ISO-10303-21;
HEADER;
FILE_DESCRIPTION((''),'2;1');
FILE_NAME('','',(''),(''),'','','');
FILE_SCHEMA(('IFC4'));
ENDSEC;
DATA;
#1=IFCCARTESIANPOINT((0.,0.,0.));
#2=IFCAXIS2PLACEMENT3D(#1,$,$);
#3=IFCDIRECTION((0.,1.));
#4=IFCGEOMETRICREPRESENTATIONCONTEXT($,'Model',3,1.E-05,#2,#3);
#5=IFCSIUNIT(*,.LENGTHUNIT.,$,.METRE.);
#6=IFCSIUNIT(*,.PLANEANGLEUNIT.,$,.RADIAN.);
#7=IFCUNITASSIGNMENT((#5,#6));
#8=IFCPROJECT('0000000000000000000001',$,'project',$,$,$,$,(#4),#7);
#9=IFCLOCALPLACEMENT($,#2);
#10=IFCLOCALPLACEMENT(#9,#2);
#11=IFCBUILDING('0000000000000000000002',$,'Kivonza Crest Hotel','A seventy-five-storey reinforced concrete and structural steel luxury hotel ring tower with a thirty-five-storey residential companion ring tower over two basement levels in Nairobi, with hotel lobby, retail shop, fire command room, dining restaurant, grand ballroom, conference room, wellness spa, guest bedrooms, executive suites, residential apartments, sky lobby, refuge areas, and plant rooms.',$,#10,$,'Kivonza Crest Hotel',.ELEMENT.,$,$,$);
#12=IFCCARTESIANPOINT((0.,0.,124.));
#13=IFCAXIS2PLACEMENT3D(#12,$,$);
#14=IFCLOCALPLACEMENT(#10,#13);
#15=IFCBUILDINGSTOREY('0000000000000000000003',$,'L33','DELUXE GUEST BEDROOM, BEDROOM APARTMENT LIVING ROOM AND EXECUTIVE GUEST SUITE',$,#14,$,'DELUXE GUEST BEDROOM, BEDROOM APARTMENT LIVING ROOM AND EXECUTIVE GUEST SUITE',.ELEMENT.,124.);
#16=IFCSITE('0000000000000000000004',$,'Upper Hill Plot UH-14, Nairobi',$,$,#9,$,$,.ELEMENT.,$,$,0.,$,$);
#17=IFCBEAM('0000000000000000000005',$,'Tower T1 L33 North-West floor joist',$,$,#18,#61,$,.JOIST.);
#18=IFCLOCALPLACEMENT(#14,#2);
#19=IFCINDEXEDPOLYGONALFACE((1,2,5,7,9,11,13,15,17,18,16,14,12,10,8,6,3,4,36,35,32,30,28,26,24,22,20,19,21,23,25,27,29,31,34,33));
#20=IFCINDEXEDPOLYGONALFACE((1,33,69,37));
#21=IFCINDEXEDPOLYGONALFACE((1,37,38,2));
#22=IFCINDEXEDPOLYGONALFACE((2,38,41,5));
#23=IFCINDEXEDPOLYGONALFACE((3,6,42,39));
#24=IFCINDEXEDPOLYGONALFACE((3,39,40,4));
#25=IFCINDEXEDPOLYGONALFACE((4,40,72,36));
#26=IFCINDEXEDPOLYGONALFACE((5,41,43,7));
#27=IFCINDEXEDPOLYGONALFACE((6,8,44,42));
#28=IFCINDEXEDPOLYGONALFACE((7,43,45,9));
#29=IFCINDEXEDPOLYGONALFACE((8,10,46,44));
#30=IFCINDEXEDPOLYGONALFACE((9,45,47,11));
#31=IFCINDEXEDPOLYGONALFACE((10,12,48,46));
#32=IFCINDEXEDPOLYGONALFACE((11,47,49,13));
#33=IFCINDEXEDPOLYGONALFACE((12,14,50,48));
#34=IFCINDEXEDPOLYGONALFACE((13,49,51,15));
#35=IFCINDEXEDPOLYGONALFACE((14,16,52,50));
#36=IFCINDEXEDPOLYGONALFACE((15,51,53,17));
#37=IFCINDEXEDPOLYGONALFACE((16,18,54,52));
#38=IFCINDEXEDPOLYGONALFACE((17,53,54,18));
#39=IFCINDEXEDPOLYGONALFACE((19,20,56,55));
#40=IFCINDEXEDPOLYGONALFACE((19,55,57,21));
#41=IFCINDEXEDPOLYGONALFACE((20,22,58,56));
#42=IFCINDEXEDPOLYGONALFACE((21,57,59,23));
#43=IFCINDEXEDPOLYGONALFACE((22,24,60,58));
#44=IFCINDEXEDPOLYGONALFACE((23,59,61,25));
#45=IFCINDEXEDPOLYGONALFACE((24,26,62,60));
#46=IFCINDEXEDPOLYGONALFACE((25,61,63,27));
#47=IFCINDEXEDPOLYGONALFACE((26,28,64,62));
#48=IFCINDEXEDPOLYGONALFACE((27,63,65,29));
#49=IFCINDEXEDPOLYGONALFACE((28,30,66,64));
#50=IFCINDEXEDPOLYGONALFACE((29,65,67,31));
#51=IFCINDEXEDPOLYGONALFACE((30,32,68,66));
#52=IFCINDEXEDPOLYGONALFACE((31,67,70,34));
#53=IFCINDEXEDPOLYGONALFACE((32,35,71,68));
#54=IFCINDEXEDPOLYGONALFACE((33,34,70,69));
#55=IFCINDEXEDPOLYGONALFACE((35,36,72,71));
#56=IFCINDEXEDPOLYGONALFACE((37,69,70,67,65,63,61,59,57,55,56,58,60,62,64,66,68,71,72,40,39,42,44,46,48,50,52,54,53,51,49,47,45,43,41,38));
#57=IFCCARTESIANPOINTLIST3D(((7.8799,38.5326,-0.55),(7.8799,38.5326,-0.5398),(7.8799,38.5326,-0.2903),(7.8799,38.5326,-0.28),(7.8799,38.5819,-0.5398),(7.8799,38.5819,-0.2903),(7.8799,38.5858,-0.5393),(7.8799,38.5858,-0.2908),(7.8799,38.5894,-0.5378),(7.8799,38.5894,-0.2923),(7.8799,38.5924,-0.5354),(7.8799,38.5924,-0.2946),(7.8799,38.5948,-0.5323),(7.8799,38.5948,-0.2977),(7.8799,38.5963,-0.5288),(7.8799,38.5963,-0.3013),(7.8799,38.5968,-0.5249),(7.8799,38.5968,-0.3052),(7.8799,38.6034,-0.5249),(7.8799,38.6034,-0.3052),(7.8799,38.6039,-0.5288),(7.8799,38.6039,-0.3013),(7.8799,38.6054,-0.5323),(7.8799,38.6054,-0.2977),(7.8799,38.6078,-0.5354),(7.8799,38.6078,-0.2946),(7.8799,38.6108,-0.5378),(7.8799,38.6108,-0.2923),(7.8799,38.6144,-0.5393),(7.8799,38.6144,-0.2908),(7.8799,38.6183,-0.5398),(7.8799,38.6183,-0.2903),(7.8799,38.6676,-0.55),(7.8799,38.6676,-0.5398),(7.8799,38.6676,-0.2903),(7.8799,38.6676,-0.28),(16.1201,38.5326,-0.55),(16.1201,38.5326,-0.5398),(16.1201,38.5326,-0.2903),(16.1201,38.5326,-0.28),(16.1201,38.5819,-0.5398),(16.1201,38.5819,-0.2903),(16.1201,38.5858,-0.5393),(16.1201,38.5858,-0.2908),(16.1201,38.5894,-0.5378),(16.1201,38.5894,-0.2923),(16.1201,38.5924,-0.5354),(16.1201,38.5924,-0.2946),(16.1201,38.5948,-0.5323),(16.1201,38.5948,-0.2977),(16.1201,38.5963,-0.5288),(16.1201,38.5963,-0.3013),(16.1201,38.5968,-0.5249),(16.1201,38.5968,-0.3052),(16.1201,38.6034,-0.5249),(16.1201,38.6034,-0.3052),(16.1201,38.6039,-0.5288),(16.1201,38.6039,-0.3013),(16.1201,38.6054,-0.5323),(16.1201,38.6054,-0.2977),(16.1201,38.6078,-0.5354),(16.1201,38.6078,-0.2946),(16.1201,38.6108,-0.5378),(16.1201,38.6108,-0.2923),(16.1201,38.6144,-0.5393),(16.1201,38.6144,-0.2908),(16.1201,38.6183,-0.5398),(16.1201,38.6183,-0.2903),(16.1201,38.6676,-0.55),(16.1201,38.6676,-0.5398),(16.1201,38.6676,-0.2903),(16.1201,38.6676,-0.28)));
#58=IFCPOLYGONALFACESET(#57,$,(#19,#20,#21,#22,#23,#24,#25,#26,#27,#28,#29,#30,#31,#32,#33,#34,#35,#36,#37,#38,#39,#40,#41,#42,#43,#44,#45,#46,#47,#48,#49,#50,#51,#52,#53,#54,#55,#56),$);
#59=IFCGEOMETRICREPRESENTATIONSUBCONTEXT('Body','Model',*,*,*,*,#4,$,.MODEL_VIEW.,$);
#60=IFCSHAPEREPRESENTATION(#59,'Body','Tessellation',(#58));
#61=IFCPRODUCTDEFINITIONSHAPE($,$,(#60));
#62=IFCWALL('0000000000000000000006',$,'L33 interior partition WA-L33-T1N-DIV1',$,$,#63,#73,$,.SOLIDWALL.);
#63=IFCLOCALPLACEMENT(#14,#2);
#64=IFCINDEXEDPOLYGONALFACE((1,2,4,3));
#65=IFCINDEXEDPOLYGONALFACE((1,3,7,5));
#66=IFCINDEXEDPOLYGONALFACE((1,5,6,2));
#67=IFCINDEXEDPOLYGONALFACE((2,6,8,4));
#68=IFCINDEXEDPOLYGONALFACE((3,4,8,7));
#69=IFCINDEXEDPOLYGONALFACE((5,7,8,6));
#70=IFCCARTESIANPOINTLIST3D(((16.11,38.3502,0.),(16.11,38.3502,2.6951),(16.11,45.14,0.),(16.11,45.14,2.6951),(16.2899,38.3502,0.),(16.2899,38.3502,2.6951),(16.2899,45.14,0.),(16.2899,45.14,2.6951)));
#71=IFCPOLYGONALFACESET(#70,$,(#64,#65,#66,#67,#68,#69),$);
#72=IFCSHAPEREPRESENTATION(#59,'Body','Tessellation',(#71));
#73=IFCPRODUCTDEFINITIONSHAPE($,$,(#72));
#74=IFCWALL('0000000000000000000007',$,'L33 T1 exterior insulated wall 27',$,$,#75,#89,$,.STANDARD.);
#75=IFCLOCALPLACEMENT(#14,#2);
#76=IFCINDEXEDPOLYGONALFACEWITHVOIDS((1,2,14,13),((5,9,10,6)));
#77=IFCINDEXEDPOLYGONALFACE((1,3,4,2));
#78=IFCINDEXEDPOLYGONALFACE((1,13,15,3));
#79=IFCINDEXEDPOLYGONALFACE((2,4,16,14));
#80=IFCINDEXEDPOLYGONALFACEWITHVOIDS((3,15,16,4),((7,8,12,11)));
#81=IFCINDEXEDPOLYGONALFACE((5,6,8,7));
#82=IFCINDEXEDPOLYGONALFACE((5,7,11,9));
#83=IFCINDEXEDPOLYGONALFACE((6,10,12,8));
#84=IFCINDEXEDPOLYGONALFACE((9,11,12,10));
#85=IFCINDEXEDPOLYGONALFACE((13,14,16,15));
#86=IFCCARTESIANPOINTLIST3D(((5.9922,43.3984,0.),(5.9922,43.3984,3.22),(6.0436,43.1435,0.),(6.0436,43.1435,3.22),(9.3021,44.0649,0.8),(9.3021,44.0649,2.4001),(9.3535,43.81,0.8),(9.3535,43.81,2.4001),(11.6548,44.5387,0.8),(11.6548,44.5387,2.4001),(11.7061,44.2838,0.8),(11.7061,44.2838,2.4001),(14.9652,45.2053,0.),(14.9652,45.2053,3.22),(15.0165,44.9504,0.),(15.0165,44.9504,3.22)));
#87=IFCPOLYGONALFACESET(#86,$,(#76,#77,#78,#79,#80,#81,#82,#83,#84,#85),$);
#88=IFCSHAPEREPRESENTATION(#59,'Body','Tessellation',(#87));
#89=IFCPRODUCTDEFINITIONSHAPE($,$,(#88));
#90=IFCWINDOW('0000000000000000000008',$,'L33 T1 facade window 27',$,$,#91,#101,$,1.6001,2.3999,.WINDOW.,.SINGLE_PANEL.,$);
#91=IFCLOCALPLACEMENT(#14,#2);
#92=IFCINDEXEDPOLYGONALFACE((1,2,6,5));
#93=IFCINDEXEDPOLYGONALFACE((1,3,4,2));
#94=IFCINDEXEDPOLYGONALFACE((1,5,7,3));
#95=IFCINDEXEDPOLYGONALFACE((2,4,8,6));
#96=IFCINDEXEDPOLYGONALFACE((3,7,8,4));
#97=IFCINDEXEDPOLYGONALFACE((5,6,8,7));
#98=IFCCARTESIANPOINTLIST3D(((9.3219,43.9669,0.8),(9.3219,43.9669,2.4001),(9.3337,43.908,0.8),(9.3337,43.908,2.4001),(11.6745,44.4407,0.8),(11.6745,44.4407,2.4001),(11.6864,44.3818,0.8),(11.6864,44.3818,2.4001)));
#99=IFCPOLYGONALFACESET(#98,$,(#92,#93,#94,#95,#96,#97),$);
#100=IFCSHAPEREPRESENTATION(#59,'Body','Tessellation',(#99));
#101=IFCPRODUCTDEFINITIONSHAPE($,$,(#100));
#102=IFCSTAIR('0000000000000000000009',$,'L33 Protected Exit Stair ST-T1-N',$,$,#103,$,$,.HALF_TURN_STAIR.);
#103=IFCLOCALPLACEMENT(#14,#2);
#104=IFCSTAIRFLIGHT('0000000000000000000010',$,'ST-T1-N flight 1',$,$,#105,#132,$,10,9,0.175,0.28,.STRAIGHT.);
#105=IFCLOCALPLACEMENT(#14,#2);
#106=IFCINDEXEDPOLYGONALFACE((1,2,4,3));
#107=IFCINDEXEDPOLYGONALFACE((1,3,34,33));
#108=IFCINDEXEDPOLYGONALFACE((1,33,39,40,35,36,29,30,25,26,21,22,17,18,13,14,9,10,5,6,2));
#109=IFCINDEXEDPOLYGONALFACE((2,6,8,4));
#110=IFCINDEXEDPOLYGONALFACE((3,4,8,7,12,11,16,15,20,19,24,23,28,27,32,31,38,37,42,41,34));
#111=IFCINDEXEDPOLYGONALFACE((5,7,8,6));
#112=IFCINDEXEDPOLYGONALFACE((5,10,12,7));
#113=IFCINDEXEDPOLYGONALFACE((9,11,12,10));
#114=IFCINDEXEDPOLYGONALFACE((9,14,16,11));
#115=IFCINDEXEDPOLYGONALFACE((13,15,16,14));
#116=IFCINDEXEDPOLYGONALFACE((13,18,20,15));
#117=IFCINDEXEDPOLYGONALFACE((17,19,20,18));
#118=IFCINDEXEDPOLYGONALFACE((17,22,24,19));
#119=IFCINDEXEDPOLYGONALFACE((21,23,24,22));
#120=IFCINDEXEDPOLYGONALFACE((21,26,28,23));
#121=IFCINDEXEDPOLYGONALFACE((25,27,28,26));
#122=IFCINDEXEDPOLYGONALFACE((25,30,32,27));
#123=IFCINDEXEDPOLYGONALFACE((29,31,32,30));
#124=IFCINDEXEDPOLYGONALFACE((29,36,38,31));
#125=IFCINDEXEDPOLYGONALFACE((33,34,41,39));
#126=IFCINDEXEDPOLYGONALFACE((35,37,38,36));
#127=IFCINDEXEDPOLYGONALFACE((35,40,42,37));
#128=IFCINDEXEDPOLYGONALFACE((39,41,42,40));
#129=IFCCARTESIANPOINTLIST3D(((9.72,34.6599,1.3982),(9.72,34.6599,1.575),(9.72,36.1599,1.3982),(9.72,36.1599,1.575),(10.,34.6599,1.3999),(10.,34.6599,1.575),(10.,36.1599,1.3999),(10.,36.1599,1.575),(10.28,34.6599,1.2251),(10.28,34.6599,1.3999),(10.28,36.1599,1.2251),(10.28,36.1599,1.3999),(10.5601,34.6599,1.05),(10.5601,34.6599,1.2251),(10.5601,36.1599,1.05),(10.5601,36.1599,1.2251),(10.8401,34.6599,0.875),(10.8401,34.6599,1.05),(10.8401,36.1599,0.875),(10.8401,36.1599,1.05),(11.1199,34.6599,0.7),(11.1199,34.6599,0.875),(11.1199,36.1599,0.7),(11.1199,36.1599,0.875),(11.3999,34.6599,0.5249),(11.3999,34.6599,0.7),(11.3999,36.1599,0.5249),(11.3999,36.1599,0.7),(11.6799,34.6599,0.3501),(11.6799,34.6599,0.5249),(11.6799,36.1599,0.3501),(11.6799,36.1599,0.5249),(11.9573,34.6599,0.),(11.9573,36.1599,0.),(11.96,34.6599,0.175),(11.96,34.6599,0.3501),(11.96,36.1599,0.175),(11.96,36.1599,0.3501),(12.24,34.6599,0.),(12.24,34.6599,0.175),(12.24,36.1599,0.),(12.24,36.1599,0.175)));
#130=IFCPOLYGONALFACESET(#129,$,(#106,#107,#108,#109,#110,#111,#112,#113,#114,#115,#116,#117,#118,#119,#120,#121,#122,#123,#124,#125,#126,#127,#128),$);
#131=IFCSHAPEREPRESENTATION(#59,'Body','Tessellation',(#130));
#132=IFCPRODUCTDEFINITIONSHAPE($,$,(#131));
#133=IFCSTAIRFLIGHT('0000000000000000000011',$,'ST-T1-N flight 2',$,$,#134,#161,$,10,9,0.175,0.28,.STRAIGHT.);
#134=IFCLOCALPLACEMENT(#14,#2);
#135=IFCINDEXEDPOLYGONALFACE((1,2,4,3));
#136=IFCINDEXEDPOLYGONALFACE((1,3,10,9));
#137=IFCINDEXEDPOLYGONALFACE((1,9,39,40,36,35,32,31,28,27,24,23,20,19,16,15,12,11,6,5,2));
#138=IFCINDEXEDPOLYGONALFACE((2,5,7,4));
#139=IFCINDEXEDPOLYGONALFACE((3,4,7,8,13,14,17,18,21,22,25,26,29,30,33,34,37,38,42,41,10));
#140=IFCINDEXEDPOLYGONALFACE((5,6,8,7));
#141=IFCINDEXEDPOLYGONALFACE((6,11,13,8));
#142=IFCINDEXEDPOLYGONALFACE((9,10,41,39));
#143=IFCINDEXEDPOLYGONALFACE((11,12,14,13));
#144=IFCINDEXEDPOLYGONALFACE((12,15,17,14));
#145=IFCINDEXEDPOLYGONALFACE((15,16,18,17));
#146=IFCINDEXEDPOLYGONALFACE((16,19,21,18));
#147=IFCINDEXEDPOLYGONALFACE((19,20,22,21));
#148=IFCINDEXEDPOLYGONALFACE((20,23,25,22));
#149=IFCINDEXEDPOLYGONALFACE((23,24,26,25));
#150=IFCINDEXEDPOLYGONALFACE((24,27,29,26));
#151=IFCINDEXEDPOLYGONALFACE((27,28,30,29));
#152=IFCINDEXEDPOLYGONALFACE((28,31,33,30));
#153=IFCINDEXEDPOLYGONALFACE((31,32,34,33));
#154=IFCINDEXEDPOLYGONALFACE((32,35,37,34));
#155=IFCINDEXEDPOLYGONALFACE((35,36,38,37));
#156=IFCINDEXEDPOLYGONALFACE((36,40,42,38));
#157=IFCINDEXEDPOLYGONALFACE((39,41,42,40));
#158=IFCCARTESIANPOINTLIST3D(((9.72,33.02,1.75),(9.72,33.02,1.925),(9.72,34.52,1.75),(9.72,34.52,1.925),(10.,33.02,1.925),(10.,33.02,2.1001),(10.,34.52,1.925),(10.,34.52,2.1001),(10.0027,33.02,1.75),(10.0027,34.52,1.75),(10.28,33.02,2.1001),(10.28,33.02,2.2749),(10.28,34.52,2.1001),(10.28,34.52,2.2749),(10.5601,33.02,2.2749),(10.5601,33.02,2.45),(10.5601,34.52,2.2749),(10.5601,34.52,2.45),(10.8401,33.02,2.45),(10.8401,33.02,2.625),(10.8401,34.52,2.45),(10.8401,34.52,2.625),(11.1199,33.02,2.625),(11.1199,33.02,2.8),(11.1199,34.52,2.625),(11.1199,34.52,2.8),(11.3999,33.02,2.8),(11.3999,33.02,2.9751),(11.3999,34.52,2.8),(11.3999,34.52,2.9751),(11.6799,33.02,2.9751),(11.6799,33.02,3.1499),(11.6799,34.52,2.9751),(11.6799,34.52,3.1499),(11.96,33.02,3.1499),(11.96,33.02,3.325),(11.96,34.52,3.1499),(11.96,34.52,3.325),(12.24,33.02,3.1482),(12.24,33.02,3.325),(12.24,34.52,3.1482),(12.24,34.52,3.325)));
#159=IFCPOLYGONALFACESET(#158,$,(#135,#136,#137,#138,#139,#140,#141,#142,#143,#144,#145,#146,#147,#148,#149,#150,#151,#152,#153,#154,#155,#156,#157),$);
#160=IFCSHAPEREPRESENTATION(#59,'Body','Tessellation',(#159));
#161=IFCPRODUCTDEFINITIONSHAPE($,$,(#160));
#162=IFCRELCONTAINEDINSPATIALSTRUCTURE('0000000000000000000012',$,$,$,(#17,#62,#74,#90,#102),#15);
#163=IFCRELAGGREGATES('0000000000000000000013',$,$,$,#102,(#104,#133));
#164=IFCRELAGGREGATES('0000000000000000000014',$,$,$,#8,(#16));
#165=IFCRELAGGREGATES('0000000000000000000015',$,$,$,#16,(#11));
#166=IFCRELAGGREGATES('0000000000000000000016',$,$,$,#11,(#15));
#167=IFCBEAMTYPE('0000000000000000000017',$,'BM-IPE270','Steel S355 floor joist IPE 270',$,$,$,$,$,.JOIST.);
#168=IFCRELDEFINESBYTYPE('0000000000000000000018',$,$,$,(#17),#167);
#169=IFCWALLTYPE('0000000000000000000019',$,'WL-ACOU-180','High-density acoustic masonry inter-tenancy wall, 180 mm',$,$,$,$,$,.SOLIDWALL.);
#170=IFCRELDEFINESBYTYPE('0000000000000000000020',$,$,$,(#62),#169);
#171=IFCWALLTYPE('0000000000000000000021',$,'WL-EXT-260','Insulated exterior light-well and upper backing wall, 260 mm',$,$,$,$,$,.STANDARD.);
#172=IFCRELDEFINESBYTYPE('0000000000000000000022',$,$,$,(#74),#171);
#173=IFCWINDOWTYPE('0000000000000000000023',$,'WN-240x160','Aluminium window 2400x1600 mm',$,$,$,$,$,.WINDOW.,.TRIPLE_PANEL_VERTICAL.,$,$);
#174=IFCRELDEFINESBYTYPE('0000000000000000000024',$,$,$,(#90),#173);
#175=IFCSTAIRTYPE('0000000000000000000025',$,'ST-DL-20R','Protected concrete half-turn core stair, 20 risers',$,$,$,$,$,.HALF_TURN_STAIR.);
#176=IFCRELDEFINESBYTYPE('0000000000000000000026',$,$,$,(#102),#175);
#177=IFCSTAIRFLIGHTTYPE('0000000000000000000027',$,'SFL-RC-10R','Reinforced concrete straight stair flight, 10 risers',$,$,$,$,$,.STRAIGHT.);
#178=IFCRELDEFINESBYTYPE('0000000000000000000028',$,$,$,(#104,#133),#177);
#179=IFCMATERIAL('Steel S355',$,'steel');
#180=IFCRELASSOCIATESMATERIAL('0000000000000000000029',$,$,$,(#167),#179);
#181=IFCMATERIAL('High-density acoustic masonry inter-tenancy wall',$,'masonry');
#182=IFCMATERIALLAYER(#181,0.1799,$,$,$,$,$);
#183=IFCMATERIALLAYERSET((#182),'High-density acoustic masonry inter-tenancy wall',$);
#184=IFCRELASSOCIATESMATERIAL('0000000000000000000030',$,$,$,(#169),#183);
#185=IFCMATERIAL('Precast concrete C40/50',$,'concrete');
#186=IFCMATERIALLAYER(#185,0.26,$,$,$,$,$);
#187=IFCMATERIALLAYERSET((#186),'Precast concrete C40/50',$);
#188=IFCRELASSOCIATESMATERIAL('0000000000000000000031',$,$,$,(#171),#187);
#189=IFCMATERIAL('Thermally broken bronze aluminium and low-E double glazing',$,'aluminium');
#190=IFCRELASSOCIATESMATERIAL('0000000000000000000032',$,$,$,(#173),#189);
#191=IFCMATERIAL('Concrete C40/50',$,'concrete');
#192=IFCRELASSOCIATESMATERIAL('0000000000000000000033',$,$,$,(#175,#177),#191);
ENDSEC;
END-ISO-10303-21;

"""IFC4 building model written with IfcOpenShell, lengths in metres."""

from ifc_helpers import new_model, si_unit, direction, frame, frame_2d, origin, origin_2d, place, context, subcontext, project, spatial, polyline, rectangle, i_section, outline, extrude, material, layer, layer_set, material_profile, profile_set, type_object, element, fill, aggregate, save


model = new_model("IFC4")

# Units and contexts
model_context = context("Model", 3, precision=1e-05, world=origin(), true_north=direction((0.0, 1.0)))
body_context = subcontext(model_context, "Body", "Model", "MODEL_VIEW")
ifc_project = project(units=[si_unit("LENGTHUNIT", "METRE"), si_unit("PLANEANGLEUNIT", "RADIAN")], contexts=[model_context])

# Site, building, storey
site_placement = place(None, origin())
site = spatial("IfcSite", under=ifc_project, at=site_placement, Name="Upper Hill Plot UH-14, Nairobi", CompositionType="ELEMENT", RefElevation=0.0)
building_placement = place(site_placement, origin())
building = spatial("IfcBuilding", under=site, at=building_placement, Name="Kivonza Crest Hotel", Description="A seventy-five-storey reinforced concrete and structural steel luxury hotel ring tower with a thirty-five-storey residential companion ring tower over two basement levels in Nairobi, with hotel lobby, retail shop, fire command room, dining restaurant, grand ballroom, conference room, wellness spa, guest bedrooms, executive suites, residential apartments, sky lobby, refuge areas, and plant rooms.", LongName="Kivonza Crest Hotel", CompositionType="ELEMENT")
storey_placement = place(building_placement, frame((0.0, 0.0, 124.0)))
storey = spatial("IfcBuildingStorey", under=building, at=storey_placement, Name="L33", Description="DELUXE GUEST BEDROOM, BEDROOM APARTMENT LIVING ROOM AND EXECUTIVE GUEST SUITE", LongName="DELUXE GUEST BEDROOM, BEDROOM APARTMENT LIVING ROOM AND EXECUTIVE GUEST SUITE", CompositionType="ELEMENT", Elevation=124.0)

# Beam
ifc_material_1 = material(Name="Steel S355", Category="steel")
ifc_material_profile_1 = material_profile(ifc_material_1, i_section(OverallWidth=0.135, OverallDepth=0.27, WebThickness=0.0066, FlangeThickness=0.0103, FilletRadius=0.0149, at=origin_2d()), Name="IPE 270")
ifc_profile_set_1 = profile_set([ifc_material_profile_1], Name="Steel S355")
beam_type_1 = type_object("IfcBeamType", Name="BM-IPE270", Description="Steel S355 floor joist IPE 270", PredefinedType="JOIST", material=ifc_profile_set_1)
beam_1_placement = place(storey_placement, frame((7.8799, 38.6001, -0.415), z_axis=(1.0, 0.0, 0.0), x_axis=(0.0, 1.0, 0.0)))
element("IfcBeam", 1, at=beam_1_placement, inside=storey, type_object=beam_type_1, Name="Tower T1 L33 North-West floor joist", PredefinedType="JOIST", context=body_context, shape_type="SweptSolid", body=[
    extrude(i_section(OverallWidth=0.135, OverallDepth=0.27, WebThickness=0.0066, FlangeThickness=0.0103, FilletRadius=0.0149, at=origin_2d()), origin(), (0.0, 0.0, 1.0), 8.2402),
])

# Wall
ifc_material_2 = material(Name="High-density acoustic masonry inter-tenancy wall", Category="masonry")
ifc_layer_1 = layer(ifc_material_2, 0.1799)
ifc_layer_set_1 = layer_set([ifc_layer_1], Name="High-density acoustic masonry inter-tenancy wall")
wall_type_1 = type_object("IfcWallType", Name="WL-ACOU-180", Description="High-density acoustic masonry inter-tenancy wall, 180 mm", PredefinedType="SOLIDWALL", material=ifc_layer_set_1)
wall_1_placement = place(storey_placement, frame((16.2, 38.3501, 0.0), z_axis=(0.0, 0.0, 1.0), x_axis=(0.0, 1.0, 0.0)))
element("IfcWall", 2, at=wall_1_placement, inside=storey, type_object=wall_type_1, Name="L33 interior partition WA-L33-T1N-DIV1", PredefinedType="SOLIDWALL", context=body_context, shape_type="SweptSolid", body=[
    extrude(rectangle(XDim=6.7898, YDim=0.1799, at=frame_2d((3.395, 0.0))), origin(), (0.0, 0.0, 1.0), 2.6951),
])

# Wall, opening, window
ifc_material_3 = material(Name="Precast concrete C40/50", Category="concrete")
ifc_layer_2 = layer(ifc_material_3, 0.26)
ifc_layer_set_2 = layer_set([ifc_layer_2], Name="Precast concrete C40/50")
wall_type_2 = type_object("IfcWallType", Name="WL-EXT-260", Description="Insulated exterior light-well and upper backing wall, 260 mm", PredefinedType="STANDARD", material=ifc_layer_set_2)
wall_2_placement = place(storey_placement, frame((14.991, 45.0779, 0.0), z_axis=(0.0, 0.0, 1.0), x_axis=(-0.980321, -0.197409, 0.0)))
wall_2 = element("IfcWall", 3, at=wall_2_placement, inside=storey, type_object=wall_type_2, Name="L33 T1 exterior insulated wall 27", PredefinedType="STANDARD", context=body_context, shape_type="SweptSolid", body=[
    extrude(rectangle(XDim=9.1531, YDim=0.26, at=frame_2d((4.5767, 0.0))), origin(), (0.0, 0.0, 1.0), 3.22),
])
opening_1_placement = place(wall_2_placement, frame((3.377, 0.0, 0.8)))
opening_1 = element("IfcOpeningElement", 4, at=opening_1_placement, cuts=wall_2, PredefinedType="OPENING", context=body_context, shape_type="SweptSolid", body=[
    extrude(rectangle(XDim=2.3999, YDim=1.6001, at=frame_2d((1.2, 0.8))), frame((0.0, 0.1401, 0.0), z_axis=(0.0, -1.0, 0.0), x_axis=(1.0, 0.0, 0.0)), (0.0, 0.0, 1.0), 0.28),
])
ifc_material_4 = material(Name="Thermally broken bronze aluminium and low-E double glazing", Category="aluminium")
window_type = type_object("IfcWindowType", Name="WN-240x160", Description="Aluminium window 2400x1600 mm", PartitioningType="TRIPLE_PANEL_VERTICAL", PredefinedType="WINDOW", material=ifc_material_4)
window_placement = place(opening_1_placement, origin())
window = element("IfcWindow", 5, at=window_placement, inside=storey, type_object=window_type, Name="L33 T1 facade window 27", OverallHeight=1.6001, OverallWidth=2.3999, PartitioningType="SINGLE_PANEL", PredefinedType="WINDOW", context=body_context, shape_type="SweptSolid", body=[
    extrude(rectangle(XDim=2.3999, YDim=1.6001, at=frame_2d((1.2, 0.8))), frame((0.0, 0.03, 0.0), z_axis=(0.0, -1.0, 0.0), x_axis=(1.0, 0.0, 0.0)), (0.0, 0.0, 1.0), 0.0601),
])
fill(opening_1, window)

# Stair, stair flights
ifc_material_5 = material(Name="Concrete C40/50", Category="concrete")
stair_type = type_object("IfcStairType", Name="ST-DL-20R", Description="Protected concrete half-turn core stair, 20 risers", PredefinedType="HALF_TURN_STAIR", material=ifc_material_5)
stair_placement = place(storey_placement, origin())
stair = element("IfcStair", 6, at=stair_placement, inside=storey, type_object=stair_type, Name="L33 Protected Exit Stair ST-T1-N", PredefinedType="HALF_TURN_STAIR")
stair_flight_type = type_object("IfcStairFlightType", Name="SFL-RC-10R", Description="Reinforced concrete straight stair flight, 10 risers", PredefinedType="STRAIGHT", material=ifc_material_5)
stair_flight_1_placement = place(storey_placement, frame((12.24, 35.4099, 0.0), z_axis=(0.0, 0.0, 1.0), x_axis=(-1.0, 0.0, 0.0)))
stair_flight_1 = element("IfcStairFlight", 7, at=stair_flight_1_placement, type_object=stair_flight_type, Name="ST-T1-N flight 1", NumberOfRisers=10, NumberOfTreads=9, PredefinedType="STRAIGHT", RiserHeight=0.175, TreadLength=0.28, context=body_context, shape_type="SweptSolid", body=[
    extrude(outline(polyline([(0.0, 0.0), (0.0, 0.175), (0.28, 0.175), (0.28, 0.3501), (0.5601, 0.3501), (0.5601, 0.5249), (0.8401, 0.5249), (0.8401, 0.7), (1.1201, 0.7), (1.1201, 0.875), (1.3999, 0.875), (1.3999, 1.05), (1.6799, 1.05), (1.6799, 1.2251), (1.96, 1.2251), (1.96, 1.3999), (2.24, 1.3999), (2.24, 1.575), (2.52, 1.575), (2.52, 1.75), (2.52, 1.3982), (0.2827, 0.0), (0.0, 0.0)])), frame((0.0, 0.75, 0.0), z_axis=(0.0, -1.0, 0.0), x_axis=(1.0, 0.0, 0.0)), (0.0, 0.0, 1.0), 1.5),
])
stair_flight_2_placement = place(storey_placement, frame((9.72, 33.77, 1.75), z_axis=(0.0, 0.0, 1.0), x_axis=(1.0, 0.0, 0.0)))
stair_flight_2 = element("IfcStairFlight", 8, at=stair_flight_2_placement, type_object=stair_flight_type, Name="ST-T1-N flight 2", NumberOfRisers=10, NumberOfTreads=9, PredefinedType="STRAIGHT", RiserHeight=0.175, TreadLength=0.28, context=body_context, shape_type="SweptSolid", body=[
    extrude(outline(polyline([(0.0, 0.0), (0.0, 0.175), (0.28, 0.175), (0.28, 0.3501), (0.5601, 0.3501), (0.5601, 0.5249), (0.8401, 0.5249), (0.8401, 0.7), (1.1201, 0.7), (1.1201, 0.875), (1.3999, 0.875), (1.3999, 1.05), (1.6799, 1.05), (1.6799, 1.2251), (1.96, 1.2251), (1.96, 1.3999), (2.24, 1.3999), (2.24, 1.575), (2.52, 1.575), (2.52, 1.75), (2.52, 1.3982), (0.2827, 0.0), (0.0, 0.0)])), frame((0.0, 0.75, 0.0), z_axis=(0.0, -1.0, 0.0), x_axis=(1.0, 0.0, 0.0)), (0.0, 0.0, 1.0), 1.5),
])
aggregate(stair, [stair_flight_1, stair_flight_2])

save(model, "model.ifc")
